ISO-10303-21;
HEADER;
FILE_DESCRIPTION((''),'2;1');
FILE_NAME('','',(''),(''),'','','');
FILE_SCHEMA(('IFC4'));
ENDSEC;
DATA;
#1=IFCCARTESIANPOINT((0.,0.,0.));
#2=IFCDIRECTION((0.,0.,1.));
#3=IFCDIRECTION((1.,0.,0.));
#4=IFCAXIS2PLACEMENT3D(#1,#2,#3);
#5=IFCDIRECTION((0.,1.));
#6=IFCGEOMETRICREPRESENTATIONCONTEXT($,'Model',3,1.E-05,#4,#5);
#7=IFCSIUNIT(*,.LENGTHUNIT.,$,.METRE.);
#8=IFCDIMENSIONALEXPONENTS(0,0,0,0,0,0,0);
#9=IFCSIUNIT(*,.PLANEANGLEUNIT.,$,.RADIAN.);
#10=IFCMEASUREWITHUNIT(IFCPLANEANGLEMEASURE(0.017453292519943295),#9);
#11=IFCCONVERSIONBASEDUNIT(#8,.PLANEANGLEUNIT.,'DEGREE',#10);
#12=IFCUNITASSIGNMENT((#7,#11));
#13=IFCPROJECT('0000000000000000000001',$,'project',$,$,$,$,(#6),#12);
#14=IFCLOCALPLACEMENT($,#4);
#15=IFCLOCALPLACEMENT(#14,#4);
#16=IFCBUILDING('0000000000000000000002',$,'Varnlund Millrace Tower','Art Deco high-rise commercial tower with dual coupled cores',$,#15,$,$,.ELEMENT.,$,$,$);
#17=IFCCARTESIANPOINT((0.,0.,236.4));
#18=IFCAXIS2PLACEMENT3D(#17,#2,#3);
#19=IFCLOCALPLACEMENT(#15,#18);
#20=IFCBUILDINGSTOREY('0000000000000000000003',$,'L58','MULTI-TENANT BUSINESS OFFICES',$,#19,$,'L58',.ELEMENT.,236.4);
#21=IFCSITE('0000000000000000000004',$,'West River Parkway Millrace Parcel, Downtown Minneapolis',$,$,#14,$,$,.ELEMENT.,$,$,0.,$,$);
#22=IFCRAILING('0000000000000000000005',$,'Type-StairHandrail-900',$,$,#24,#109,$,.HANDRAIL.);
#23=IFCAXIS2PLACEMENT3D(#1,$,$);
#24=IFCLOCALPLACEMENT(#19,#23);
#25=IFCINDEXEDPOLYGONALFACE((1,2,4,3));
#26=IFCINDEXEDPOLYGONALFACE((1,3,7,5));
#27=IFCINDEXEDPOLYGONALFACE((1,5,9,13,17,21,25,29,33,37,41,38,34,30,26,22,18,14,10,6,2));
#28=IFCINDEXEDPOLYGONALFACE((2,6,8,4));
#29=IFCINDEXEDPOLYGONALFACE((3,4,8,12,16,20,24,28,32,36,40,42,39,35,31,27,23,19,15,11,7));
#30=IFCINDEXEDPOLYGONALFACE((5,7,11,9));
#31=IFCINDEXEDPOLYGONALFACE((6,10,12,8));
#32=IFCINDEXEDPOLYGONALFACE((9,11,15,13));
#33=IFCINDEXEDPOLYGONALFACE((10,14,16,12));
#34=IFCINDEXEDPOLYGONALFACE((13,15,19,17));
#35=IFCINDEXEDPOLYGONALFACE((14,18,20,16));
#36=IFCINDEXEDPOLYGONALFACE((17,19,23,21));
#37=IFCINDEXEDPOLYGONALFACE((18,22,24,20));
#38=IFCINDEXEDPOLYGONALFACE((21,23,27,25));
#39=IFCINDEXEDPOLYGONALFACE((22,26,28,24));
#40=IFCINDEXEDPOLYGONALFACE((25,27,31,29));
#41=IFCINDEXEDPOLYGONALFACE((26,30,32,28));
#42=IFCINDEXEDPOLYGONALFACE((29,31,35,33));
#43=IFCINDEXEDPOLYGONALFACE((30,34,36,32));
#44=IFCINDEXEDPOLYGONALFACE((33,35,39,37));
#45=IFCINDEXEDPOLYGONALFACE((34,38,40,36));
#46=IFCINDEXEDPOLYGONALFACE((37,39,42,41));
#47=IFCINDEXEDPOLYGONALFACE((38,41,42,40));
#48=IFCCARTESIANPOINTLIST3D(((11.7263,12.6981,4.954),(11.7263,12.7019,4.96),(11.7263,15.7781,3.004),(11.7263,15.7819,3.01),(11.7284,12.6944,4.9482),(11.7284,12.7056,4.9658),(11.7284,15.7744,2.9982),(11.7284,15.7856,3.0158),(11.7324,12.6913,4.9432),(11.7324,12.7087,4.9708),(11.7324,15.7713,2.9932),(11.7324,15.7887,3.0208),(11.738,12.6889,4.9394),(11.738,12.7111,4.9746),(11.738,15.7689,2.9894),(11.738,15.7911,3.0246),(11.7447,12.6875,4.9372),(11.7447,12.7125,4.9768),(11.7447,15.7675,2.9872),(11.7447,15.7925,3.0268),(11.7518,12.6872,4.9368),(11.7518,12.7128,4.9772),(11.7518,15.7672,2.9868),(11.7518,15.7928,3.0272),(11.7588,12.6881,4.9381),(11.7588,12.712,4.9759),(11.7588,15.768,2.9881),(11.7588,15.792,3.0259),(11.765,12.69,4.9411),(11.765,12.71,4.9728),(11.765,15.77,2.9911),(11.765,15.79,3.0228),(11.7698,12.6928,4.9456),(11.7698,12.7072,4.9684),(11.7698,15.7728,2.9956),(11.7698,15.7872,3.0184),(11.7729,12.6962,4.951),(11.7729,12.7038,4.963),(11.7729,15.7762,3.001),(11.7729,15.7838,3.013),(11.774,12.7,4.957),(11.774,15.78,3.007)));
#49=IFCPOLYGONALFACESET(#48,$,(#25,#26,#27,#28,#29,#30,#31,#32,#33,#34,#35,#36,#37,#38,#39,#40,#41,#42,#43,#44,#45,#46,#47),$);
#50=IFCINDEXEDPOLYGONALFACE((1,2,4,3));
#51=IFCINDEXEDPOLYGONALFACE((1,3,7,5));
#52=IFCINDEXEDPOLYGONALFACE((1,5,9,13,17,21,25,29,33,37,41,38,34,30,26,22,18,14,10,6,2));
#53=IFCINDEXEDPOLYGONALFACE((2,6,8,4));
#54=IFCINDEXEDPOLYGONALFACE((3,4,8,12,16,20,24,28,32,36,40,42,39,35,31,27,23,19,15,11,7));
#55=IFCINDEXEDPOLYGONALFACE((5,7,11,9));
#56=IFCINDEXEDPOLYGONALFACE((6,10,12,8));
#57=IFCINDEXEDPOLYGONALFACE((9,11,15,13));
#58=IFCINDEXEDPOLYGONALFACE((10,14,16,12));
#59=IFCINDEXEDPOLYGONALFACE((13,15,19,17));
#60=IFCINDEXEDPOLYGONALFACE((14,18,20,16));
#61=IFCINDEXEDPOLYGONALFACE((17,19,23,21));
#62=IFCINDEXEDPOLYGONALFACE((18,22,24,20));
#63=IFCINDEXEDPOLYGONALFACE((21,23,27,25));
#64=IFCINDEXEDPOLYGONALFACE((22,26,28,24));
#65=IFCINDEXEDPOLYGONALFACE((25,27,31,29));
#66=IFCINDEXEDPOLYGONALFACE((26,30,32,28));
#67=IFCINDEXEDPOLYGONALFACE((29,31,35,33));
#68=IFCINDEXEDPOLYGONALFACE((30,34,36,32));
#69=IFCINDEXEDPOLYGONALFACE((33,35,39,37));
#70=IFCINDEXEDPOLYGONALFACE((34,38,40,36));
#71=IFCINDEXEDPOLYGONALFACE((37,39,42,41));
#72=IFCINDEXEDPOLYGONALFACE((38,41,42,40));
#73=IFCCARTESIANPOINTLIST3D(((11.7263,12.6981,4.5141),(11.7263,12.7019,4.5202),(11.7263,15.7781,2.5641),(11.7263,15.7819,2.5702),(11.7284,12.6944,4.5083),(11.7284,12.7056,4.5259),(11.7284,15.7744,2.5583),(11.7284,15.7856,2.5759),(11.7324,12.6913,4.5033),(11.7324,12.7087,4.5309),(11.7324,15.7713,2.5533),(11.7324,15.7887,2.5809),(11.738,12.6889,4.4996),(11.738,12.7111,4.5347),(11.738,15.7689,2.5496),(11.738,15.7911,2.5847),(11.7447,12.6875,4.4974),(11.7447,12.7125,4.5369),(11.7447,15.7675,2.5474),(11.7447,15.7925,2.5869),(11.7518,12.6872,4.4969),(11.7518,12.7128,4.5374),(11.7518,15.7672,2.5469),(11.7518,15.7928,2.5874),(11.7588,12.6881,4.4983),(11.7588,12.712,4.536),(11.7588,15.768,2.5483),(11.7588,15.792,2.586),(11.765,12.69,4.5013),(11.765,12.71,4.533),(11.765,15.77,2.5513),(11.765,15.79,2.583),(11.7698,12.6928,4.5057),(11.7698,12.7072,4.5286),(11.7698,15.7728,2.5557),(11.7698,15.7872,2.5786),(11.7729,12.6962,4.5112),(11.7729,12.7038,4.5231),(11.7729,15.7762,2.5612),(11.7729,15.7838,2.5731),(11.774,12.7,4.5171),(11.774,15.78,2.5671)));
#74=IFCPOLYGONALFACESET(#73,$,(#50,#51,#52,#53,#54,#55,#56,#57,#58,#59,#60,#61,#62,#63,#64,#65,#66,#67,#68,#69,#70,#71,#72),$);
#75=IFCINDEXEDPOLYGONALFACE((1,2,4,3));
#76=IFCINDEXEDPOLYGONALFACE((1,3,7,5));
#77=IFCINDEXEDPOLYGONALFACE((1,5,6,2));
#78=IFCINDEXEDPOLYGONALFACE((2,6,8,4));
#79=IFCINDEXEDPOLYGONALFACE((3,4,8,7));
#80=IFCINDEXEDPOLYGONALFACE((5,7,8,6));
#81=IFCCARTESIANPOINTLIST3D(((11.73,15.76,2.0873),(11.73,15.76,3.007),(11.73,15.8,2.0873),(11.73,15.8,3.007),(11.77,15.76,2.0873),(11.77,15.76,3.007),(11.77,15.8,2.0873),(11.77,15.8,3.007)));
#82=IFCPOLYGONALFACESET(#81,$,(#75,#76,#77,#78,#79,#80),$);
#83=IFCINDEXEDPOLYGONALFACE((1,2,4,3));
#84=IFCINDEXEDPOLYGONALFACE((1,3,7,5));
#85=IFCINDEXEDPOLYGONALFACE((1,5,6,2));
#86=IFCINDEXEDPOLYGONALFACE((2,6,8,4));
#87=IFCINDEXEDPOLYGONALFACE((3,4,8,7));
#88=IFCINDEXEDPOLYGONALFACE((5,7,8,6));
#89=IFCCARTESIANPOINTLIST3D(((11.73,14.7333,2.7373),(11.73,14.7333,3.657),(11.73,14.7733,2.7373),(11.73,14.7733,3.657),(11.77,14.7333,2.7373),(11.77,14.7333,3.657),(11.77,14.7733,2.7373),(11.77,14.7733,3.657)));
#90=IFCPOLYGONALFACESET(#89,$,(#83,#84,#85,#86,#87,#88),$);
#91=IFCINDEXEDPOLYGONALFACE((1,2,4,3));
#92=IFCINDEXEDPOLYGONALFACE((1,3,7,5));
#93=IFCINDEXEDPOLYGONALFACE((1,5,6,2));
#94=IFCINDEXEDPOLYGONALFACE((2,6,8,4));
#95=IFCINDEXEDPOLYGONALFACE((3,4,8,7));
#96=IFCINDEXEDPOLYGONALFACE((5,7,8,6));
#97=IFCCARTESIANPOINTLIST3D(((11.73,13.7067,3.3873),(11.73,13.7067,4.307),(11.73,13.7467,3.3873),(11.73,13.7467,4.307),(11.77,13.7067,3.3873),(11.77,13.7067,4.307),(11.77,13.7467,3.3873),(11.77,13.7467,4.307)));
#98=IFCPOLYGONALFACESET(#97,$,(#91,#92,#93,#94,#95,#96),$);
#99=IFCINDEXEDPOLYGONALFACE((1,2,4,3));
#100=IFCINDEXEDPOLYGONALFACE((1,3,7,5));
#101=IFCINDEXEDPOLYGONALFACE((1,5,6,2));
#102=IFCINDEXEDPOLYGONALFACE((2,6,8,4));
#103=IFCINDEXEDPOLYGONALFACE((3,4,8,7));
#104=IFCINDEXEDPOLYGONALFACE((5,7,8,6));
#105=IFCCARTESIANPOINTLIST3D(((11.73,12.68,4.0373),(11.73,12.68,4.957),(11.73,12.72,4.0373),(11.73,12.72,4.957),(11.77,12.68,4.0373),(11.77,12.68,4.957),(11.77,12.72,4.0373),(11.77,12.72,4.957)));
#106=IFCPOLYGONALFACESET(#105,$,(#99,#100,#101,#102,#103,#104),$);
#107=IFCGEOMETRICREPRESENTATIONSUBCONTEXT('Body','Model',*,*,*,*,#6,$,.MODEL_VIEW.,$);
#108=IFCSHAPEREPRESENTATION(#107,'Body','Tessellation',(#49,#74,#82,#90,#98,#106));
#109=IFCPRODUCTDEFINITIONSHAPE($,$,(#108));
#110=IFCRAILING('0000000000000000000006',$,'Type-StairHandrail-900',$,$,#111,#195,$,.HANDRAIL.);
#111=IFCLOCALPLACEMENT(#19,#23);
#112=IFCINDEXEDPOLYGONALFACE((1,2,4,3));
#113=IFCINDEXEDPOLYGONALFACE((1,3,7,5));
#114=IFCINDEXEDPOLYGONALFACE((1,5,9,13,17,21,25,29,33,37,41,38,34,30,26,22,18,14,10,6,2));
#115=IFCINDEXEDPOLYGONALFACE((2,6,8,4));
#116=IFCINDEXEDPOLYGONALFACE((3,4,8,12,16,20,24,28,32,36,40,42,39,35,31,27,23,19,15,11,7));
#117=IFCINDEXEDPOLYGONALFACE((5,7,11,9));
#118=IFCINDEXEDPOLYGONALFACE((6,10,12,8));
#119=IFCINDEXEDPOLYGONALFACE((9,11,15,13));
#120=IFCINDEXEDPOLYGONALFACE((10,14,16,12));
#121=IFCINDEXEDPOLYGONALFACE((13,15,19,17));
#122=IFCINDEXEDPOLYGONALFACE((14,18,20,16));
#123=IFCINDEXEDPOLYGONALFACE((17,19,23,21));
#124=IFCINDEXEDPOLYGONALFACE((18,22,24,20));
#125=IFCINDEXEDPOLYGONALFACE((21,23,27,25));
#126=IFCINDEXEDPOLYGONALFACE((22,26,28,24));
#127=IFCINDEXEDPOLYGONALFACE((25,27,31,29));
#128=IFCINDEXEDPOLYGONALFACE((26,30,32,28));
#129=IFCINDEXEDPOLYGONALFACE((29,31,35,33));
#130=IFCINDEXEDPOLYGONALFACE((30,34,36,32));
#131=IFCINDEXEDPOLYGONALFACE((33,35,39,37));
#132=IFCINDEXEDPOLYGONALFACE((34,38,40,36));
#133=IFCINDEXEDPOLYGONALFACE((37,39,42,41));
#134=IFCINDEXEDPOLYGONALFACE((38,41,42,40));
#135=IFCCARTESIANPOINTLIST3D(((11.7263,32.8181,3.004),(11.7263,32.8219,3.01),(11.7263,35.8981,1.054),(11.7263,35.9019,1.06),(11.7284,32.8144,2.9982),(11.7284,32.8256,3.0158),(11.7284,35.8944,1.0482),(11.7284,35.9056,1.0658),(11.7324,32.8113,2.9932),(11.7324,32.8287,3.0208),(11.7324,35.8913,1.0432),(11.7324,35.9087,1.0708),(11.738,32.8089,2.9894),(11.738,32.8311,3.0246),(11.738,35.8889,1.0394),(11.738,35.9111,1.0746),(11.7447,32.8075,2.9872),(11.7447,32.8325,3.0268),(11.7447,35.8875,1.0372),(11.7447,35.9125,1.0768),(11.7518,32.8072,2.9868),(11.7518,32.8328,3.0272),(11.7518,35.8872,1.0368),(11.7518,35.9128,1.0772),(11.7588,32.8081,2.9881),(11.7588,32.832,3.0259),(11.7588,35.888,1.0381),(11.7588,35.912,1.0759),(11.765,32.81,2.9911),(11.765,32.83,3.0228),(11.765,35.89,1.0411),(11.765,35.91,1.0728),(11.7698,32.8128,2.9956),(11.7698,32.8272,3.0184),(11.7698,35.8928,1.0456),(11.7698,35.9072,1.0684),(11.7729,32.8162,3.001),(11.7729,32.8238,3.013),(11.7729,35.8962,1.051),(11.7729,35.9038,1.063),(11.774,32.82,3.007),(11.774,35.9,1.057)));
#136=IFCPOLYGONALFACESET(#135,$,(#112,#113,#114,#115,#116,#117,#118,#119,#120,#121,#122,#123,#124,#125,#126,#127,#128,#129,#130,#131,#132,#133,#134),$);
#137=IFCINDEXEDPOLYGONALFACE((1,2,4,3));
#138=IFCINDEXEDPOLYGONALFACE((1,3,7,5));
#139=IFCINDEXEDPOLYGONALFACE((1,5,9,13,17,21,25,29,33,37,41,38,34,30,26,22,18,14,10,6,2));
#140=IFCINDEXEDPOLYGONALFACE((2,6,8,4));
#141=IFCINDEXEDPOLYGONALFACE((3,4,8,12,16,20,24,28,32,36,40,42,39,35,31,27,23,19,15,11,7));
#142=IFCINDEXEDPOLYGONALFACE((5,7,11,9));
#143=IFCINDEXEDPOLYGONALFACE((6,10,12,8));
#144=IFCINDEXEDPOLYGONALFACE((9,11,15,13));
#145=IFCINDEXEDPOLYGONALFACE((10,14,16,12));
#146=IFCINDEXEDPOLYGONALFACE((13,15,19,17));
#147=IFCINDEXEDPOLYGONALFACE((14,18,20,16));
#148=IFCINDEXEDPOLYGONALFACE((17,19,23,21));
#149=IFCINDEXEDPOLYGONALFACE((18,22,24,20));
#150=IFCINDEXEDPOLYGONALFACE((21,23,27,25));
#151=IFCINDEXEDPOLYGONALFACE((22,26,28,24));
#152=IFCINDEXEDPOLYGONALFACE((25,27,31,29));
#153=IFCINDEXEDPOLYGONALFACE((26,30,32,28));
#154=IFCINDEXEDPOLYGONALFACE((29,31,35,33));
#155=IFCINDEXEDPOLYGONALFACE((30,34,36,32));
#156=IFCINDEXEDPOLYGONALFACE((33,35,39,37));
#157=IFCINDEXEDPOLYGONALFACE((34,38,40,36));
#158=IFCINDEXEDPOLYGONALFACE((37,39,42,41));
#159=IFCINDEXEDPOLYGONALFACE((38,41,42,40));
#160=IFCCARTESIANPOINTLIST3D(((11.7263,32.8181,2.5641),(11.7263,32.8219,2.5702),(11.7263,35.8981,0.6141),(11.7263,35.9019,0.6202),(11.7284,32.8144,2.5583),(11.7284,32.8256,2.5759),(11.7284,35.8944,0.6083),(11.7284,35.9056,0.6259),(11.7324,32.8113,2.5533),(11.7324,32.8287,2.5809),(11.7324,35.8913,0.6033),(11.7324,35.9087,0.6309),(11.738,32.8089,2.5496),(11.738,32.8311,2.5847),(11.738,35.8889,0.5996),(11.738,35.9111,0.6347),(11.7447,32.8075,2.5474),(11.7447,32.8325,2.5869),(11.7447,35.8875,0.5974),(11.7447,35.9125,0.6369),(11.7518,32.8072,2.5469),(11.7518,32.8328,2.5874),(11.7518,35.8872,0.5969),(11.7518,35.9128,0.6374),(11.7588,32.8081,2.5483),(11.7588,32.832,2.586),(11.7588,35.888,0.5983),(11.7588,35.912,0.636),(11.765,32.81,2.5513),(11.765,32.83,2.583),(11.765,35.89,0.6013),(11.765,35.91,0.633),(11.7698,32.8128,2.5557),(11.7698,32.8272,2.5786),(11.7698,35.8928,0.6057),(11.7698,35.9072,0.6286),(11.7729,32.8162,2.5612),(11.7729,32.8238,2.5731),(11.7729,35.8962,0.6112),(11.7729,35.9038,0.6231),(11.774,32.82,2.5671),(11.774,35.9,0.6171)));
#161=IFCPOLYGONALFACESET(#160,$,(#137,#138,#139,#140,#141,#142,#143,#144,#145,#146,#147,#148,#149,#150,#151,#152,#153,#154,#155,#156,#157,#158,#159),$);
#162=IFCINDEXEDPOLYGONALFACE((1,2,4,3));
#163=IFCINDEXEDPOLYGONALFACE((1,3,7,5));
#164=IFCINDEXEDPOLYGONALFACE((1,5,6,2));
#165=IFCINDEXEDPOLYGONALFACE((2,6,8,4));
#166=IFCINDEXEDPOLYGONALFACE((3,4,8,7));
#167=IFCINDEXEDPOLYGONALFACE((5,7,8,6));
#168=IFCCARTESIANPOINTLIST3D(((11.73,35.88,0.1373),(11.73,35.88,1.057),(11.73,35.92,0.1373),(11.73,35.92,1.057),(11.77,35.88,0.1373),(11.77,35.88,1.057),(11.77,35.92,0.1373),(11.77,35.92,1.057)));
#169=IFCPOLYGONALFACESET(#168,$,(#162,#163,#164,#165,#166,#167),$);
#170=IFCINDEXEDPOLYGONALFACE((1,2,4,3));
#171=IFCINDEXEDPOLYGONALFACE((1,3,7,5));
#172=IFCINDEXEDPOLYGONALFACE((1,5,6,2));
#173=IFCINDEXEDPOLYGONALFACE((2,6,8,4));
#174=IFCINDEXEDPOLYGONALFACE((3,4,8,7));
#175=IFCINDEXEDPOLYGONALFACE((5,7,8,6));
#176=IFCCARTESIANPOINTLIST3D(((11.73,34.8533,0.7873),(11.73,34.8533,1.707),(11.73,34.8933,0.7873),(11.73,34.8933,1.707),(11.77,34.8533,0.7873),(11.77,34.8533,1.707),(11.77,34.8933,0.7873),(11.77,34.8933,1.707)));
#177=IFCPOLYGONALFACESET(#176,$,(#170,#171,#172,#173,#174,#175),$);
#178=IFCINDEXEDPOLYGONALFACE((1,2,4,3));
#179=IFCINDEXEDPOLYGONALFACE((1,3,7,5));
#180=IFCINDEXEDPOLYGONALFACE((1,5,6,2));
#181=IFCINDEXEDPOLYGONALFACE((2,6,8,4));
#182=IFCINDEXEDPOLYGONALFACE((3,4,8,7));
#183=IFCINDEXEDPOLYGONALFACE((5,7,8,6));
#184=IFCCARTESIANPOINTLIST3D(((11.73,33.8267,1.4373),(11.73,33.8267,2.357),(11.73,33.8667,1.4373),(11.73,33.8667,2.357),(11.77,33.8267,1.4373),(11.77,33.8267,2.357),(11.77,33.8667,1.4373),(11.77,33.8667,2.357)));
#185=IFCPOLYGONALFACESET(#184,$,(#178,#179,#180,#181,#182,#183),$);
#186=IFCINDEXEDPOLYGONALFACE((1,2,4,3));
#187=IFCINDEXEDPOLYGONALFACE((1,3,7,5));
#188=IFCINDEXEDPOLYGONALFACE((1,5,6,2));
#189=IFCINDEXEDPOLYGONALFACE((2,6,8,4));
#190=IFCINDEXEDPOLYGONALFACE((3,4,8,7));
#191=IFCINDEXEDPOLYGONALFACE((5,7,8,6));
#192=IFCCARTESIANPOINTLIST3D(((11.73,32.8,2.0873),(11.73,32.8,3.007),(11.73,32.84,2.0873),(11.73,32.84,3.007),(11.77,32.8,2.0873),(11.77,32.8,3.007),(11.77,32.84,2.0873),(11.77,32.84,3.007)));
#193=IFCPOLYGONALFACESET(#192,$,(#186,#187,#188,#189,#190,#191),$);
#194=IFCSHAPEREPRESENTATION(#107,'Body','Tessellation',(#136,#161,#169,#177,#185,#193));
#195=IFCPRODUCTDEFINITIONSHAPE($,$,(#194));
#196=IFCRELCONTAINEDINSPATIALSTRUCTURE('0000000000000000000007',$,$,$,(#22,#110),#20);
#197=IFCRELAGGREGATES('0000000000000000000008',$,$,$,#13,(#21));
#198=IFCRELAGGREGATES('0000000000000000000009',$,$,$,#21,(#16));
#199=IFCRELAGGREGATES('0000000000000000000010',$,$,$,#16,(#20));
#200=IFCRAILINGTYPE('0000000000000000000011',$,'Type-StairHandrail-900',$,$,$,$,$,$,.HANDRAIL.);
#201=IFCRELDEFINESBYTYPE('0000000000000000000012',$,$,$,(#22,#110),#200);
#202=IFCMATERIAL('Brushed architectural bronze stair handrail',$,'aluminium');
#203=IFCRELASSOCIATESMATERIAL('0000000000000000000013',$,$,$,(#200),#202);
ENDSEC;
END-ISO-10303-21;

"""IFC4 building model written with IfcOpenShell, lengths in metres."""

from ifc_helpers import new_model, entity, si_unit, converted_unit, direction, frame, origin_with_axes, origin_2d_with_axis, place, context, subcontext, project, spatial, rectangle, circle, extrude, material, type_object, element, save


model = new_model("IFC4")

# Units and contexts
model_context = context("Model", 3, precision=1e-05, world=origin_with_axes(), true_north=direction((0.0, 1.0)))
body_context = subcontext(model_context, "Body", "Model", "MODEL_VIEW")
ifc_project = project(units=[si_unit("LENGTHUNIT", "METRE"), converted_unit("PLANEANGLEUNIT", "DEGREE", entity("IfcPlaneAngleMeasure", 0.017453292519943295), si_unit("PLANEANGLEUNIT", "RADIAN"), dimensions=[0, 0, 0, 0, 0, 0, 0])], contexts=[model_context])

# Site, building, storey
site_placement = place(None, origin_with_axes())
site = spatial("IfcSite", under=ifc_project, at=site_placement, Name="West River Parkway Millrace Parcel, Downtown Minneapolis", CompositionType="ELEMENT", RefElevation=0.0)
building_placement = place(site_placement, origin_with_axes())
building = spatial("IfcBuilding", under=site, at=building_placement, Name="Varnlund Millrace Tower", Description="Art Deco high-rise commercial tower with dual coupled cores", CompositionType="ELEMENT")
storey_placement = place(building_placement, frame((0.0, 0.0, 236.4), z_axis=(0.0, 0.0, 1.0), x_axis=(1.0, 0.0, 0.0)))
storey = spatial("IfcBuildingStorey", under=building, at=storey_placement, Name="L58", Description="MULTI-TENANT BUSINESS OFFICES", LongName="L58", CompositionType="ELEMENT", Elevation=236.4)

# Railings
ifc_material_1 = material(Name="Brushed architectural bronze stair handrail", Category="aluminium")
railing_type_1 = type_object("IfcRailingType", Name="Type-StairHandrail-900", PredefinedType="HANDRAIL", material=ifc_material_1)
railing_1_placement = place(storey_placement, frame((0.0, 0.0, -236.4), z_axis=(0.0, 0.0, 1.0), x_axis=(1.0, 0.0, 0.0)))
element("IfcRailing", 1, at=railing_1_placement, inside=storey, type_object=railing_type_1, Name="Type-StairHandrail-900", PredefinedType="HANDRAIL", context=body_context, shape_type="SweptSolid", body=[
    extrude(circle(Radius=0.024, at=origin_2d_with_axis()), frame((11.75, 15.78, 239.407), z_axis=(0.0, -0.844902, 0.534922), x_axis=(1.0, 0.0, 0.0)), (0.0, 0.0, 1.0), 3.6454),
    extrude(circle(Radius=0.024, at=origin_2d_with_axis()), frame((11.75, 15.78, 238.9671), z_axis=(0.0, -0.844902, 0.534922), x_axis=(1.0, 0.0, 0.0)), (0.0, 0.0, 1.0), 3.6454),
    extrude(rectangle(XDim=0.04, YDim=0.04, at=origin_2d_with_axis()), frame((11.75, 15.78, 238.4873), z_axis=(0.0, 0.0, 1.0), x_axis=(1.0, 0.0, 0.0)), (0.0, 0.0, 1.0), 0.9197),
    extrude(rectangle(XDim=0.04, YDim=0.04, at=origin_2d_with_axis()), frame((11.75, 14.7533, 239.1373), z_axis=(0.0, 0.0, 1.0), x_axis=(1.0, 0.0, 0.0)), (0.0, 0.0, 1.0), 0.9197),
    extrude(rectangle(XDim=0.04, YDim=0.04, at=origin_2d_with_axis()), frame((11.75, 13.7267, 239.7873), z_axis=(0.0, 0.0, 1.0), x_axis=(1.0, 0.0, 0.0)), (0.0, 0.0, 1.0), 0.9197),
    extrude(rectangle(XDim=0.04, YDim=0.04, at=origin_2d_with_axis()), frame((11.75, 12.7, 240.4373), z_axis=(0.0, 0.0, 1.0), x_axis=(1.0, 0.0, 0.0)), (0.0, 0.0, 1.0), 0.9197),
])
railing_2_placement = place(storey_placement, frame((0.0, 0.0, -236.4), z_axis=(0.0, 0.0, 1.0), x_axis=(1.0, 0.0, 0.0)))
element("IfcRailing", 2, at=railing_2_placement, inside=storey, type_object=railing_type_1, Name="Type-StairHandrail-900", PredefinedType="HANDRAIL", context=body_context, shape_type="SweptSolid", body=[
    extrude(circle(Radius=0.024, at=origin_2d_with_axis()), frame((11.75, 35.9, 237.457), z_axis=(0.0, -0.844902, 0.534922), x_axis=(1.0, 0.0, 0.0)), (0.0, 0.0, 1.0), 3.6454),
    extrude(circle(Radius=0.024, at=origin_2d_with_axis()), frame((11.75, 35.9, 237.0171), z_axis=(0.0, -0.844902, 0.534922), x_axis=(1.0, 0.0, 0.0)), (0.0, 0.0, 1.0), 3.6454),
    extrude(rectangle(XDim=0.04, YDim=0.04, at=origin_2d_with_axis()), frame((11.75, 35.9, 236.5373), z_axis=(0.0, 0.0, 1.0), x_axis=(1.0, 0.0, 0.0)), (0.0, 0.0, 1.0), 0.9197),
    extrude(rectangle(XDim=0.04, YDim=0.04, at=origin_2d_with_axis()), frame((11.75, 34.8733, 237.1873), z_axis=(0.0, 0.0, 1.0), x_axis=(1.0, 0.0, 0.0)), (0.0, 0.0, 1.0), 0.9197),
    extrude(rectangle(XDim=0.04, YDim=0.04, at=origin_2d_with_axis()), frame((11.75, 33.8467, 237.8373), z_axis=(0.0, 0.0, 1.0), x_axis=(1.0, 0.0, 0.0)), (0.0, 0.0, 1.0), 0.9197),
    extrude(rectangle(XDim=0.04, YDim=0.04, at=origin_2d_with_axis()), frame((11.75, 32.82, 238.4873), z_axis=(0.0, 0.0, 1.0), x_axis=(1.0, 0.0, 0.0)), (0.0, 0.0, 1.0), 0.9197),
])

save(model, "model.ifc")
